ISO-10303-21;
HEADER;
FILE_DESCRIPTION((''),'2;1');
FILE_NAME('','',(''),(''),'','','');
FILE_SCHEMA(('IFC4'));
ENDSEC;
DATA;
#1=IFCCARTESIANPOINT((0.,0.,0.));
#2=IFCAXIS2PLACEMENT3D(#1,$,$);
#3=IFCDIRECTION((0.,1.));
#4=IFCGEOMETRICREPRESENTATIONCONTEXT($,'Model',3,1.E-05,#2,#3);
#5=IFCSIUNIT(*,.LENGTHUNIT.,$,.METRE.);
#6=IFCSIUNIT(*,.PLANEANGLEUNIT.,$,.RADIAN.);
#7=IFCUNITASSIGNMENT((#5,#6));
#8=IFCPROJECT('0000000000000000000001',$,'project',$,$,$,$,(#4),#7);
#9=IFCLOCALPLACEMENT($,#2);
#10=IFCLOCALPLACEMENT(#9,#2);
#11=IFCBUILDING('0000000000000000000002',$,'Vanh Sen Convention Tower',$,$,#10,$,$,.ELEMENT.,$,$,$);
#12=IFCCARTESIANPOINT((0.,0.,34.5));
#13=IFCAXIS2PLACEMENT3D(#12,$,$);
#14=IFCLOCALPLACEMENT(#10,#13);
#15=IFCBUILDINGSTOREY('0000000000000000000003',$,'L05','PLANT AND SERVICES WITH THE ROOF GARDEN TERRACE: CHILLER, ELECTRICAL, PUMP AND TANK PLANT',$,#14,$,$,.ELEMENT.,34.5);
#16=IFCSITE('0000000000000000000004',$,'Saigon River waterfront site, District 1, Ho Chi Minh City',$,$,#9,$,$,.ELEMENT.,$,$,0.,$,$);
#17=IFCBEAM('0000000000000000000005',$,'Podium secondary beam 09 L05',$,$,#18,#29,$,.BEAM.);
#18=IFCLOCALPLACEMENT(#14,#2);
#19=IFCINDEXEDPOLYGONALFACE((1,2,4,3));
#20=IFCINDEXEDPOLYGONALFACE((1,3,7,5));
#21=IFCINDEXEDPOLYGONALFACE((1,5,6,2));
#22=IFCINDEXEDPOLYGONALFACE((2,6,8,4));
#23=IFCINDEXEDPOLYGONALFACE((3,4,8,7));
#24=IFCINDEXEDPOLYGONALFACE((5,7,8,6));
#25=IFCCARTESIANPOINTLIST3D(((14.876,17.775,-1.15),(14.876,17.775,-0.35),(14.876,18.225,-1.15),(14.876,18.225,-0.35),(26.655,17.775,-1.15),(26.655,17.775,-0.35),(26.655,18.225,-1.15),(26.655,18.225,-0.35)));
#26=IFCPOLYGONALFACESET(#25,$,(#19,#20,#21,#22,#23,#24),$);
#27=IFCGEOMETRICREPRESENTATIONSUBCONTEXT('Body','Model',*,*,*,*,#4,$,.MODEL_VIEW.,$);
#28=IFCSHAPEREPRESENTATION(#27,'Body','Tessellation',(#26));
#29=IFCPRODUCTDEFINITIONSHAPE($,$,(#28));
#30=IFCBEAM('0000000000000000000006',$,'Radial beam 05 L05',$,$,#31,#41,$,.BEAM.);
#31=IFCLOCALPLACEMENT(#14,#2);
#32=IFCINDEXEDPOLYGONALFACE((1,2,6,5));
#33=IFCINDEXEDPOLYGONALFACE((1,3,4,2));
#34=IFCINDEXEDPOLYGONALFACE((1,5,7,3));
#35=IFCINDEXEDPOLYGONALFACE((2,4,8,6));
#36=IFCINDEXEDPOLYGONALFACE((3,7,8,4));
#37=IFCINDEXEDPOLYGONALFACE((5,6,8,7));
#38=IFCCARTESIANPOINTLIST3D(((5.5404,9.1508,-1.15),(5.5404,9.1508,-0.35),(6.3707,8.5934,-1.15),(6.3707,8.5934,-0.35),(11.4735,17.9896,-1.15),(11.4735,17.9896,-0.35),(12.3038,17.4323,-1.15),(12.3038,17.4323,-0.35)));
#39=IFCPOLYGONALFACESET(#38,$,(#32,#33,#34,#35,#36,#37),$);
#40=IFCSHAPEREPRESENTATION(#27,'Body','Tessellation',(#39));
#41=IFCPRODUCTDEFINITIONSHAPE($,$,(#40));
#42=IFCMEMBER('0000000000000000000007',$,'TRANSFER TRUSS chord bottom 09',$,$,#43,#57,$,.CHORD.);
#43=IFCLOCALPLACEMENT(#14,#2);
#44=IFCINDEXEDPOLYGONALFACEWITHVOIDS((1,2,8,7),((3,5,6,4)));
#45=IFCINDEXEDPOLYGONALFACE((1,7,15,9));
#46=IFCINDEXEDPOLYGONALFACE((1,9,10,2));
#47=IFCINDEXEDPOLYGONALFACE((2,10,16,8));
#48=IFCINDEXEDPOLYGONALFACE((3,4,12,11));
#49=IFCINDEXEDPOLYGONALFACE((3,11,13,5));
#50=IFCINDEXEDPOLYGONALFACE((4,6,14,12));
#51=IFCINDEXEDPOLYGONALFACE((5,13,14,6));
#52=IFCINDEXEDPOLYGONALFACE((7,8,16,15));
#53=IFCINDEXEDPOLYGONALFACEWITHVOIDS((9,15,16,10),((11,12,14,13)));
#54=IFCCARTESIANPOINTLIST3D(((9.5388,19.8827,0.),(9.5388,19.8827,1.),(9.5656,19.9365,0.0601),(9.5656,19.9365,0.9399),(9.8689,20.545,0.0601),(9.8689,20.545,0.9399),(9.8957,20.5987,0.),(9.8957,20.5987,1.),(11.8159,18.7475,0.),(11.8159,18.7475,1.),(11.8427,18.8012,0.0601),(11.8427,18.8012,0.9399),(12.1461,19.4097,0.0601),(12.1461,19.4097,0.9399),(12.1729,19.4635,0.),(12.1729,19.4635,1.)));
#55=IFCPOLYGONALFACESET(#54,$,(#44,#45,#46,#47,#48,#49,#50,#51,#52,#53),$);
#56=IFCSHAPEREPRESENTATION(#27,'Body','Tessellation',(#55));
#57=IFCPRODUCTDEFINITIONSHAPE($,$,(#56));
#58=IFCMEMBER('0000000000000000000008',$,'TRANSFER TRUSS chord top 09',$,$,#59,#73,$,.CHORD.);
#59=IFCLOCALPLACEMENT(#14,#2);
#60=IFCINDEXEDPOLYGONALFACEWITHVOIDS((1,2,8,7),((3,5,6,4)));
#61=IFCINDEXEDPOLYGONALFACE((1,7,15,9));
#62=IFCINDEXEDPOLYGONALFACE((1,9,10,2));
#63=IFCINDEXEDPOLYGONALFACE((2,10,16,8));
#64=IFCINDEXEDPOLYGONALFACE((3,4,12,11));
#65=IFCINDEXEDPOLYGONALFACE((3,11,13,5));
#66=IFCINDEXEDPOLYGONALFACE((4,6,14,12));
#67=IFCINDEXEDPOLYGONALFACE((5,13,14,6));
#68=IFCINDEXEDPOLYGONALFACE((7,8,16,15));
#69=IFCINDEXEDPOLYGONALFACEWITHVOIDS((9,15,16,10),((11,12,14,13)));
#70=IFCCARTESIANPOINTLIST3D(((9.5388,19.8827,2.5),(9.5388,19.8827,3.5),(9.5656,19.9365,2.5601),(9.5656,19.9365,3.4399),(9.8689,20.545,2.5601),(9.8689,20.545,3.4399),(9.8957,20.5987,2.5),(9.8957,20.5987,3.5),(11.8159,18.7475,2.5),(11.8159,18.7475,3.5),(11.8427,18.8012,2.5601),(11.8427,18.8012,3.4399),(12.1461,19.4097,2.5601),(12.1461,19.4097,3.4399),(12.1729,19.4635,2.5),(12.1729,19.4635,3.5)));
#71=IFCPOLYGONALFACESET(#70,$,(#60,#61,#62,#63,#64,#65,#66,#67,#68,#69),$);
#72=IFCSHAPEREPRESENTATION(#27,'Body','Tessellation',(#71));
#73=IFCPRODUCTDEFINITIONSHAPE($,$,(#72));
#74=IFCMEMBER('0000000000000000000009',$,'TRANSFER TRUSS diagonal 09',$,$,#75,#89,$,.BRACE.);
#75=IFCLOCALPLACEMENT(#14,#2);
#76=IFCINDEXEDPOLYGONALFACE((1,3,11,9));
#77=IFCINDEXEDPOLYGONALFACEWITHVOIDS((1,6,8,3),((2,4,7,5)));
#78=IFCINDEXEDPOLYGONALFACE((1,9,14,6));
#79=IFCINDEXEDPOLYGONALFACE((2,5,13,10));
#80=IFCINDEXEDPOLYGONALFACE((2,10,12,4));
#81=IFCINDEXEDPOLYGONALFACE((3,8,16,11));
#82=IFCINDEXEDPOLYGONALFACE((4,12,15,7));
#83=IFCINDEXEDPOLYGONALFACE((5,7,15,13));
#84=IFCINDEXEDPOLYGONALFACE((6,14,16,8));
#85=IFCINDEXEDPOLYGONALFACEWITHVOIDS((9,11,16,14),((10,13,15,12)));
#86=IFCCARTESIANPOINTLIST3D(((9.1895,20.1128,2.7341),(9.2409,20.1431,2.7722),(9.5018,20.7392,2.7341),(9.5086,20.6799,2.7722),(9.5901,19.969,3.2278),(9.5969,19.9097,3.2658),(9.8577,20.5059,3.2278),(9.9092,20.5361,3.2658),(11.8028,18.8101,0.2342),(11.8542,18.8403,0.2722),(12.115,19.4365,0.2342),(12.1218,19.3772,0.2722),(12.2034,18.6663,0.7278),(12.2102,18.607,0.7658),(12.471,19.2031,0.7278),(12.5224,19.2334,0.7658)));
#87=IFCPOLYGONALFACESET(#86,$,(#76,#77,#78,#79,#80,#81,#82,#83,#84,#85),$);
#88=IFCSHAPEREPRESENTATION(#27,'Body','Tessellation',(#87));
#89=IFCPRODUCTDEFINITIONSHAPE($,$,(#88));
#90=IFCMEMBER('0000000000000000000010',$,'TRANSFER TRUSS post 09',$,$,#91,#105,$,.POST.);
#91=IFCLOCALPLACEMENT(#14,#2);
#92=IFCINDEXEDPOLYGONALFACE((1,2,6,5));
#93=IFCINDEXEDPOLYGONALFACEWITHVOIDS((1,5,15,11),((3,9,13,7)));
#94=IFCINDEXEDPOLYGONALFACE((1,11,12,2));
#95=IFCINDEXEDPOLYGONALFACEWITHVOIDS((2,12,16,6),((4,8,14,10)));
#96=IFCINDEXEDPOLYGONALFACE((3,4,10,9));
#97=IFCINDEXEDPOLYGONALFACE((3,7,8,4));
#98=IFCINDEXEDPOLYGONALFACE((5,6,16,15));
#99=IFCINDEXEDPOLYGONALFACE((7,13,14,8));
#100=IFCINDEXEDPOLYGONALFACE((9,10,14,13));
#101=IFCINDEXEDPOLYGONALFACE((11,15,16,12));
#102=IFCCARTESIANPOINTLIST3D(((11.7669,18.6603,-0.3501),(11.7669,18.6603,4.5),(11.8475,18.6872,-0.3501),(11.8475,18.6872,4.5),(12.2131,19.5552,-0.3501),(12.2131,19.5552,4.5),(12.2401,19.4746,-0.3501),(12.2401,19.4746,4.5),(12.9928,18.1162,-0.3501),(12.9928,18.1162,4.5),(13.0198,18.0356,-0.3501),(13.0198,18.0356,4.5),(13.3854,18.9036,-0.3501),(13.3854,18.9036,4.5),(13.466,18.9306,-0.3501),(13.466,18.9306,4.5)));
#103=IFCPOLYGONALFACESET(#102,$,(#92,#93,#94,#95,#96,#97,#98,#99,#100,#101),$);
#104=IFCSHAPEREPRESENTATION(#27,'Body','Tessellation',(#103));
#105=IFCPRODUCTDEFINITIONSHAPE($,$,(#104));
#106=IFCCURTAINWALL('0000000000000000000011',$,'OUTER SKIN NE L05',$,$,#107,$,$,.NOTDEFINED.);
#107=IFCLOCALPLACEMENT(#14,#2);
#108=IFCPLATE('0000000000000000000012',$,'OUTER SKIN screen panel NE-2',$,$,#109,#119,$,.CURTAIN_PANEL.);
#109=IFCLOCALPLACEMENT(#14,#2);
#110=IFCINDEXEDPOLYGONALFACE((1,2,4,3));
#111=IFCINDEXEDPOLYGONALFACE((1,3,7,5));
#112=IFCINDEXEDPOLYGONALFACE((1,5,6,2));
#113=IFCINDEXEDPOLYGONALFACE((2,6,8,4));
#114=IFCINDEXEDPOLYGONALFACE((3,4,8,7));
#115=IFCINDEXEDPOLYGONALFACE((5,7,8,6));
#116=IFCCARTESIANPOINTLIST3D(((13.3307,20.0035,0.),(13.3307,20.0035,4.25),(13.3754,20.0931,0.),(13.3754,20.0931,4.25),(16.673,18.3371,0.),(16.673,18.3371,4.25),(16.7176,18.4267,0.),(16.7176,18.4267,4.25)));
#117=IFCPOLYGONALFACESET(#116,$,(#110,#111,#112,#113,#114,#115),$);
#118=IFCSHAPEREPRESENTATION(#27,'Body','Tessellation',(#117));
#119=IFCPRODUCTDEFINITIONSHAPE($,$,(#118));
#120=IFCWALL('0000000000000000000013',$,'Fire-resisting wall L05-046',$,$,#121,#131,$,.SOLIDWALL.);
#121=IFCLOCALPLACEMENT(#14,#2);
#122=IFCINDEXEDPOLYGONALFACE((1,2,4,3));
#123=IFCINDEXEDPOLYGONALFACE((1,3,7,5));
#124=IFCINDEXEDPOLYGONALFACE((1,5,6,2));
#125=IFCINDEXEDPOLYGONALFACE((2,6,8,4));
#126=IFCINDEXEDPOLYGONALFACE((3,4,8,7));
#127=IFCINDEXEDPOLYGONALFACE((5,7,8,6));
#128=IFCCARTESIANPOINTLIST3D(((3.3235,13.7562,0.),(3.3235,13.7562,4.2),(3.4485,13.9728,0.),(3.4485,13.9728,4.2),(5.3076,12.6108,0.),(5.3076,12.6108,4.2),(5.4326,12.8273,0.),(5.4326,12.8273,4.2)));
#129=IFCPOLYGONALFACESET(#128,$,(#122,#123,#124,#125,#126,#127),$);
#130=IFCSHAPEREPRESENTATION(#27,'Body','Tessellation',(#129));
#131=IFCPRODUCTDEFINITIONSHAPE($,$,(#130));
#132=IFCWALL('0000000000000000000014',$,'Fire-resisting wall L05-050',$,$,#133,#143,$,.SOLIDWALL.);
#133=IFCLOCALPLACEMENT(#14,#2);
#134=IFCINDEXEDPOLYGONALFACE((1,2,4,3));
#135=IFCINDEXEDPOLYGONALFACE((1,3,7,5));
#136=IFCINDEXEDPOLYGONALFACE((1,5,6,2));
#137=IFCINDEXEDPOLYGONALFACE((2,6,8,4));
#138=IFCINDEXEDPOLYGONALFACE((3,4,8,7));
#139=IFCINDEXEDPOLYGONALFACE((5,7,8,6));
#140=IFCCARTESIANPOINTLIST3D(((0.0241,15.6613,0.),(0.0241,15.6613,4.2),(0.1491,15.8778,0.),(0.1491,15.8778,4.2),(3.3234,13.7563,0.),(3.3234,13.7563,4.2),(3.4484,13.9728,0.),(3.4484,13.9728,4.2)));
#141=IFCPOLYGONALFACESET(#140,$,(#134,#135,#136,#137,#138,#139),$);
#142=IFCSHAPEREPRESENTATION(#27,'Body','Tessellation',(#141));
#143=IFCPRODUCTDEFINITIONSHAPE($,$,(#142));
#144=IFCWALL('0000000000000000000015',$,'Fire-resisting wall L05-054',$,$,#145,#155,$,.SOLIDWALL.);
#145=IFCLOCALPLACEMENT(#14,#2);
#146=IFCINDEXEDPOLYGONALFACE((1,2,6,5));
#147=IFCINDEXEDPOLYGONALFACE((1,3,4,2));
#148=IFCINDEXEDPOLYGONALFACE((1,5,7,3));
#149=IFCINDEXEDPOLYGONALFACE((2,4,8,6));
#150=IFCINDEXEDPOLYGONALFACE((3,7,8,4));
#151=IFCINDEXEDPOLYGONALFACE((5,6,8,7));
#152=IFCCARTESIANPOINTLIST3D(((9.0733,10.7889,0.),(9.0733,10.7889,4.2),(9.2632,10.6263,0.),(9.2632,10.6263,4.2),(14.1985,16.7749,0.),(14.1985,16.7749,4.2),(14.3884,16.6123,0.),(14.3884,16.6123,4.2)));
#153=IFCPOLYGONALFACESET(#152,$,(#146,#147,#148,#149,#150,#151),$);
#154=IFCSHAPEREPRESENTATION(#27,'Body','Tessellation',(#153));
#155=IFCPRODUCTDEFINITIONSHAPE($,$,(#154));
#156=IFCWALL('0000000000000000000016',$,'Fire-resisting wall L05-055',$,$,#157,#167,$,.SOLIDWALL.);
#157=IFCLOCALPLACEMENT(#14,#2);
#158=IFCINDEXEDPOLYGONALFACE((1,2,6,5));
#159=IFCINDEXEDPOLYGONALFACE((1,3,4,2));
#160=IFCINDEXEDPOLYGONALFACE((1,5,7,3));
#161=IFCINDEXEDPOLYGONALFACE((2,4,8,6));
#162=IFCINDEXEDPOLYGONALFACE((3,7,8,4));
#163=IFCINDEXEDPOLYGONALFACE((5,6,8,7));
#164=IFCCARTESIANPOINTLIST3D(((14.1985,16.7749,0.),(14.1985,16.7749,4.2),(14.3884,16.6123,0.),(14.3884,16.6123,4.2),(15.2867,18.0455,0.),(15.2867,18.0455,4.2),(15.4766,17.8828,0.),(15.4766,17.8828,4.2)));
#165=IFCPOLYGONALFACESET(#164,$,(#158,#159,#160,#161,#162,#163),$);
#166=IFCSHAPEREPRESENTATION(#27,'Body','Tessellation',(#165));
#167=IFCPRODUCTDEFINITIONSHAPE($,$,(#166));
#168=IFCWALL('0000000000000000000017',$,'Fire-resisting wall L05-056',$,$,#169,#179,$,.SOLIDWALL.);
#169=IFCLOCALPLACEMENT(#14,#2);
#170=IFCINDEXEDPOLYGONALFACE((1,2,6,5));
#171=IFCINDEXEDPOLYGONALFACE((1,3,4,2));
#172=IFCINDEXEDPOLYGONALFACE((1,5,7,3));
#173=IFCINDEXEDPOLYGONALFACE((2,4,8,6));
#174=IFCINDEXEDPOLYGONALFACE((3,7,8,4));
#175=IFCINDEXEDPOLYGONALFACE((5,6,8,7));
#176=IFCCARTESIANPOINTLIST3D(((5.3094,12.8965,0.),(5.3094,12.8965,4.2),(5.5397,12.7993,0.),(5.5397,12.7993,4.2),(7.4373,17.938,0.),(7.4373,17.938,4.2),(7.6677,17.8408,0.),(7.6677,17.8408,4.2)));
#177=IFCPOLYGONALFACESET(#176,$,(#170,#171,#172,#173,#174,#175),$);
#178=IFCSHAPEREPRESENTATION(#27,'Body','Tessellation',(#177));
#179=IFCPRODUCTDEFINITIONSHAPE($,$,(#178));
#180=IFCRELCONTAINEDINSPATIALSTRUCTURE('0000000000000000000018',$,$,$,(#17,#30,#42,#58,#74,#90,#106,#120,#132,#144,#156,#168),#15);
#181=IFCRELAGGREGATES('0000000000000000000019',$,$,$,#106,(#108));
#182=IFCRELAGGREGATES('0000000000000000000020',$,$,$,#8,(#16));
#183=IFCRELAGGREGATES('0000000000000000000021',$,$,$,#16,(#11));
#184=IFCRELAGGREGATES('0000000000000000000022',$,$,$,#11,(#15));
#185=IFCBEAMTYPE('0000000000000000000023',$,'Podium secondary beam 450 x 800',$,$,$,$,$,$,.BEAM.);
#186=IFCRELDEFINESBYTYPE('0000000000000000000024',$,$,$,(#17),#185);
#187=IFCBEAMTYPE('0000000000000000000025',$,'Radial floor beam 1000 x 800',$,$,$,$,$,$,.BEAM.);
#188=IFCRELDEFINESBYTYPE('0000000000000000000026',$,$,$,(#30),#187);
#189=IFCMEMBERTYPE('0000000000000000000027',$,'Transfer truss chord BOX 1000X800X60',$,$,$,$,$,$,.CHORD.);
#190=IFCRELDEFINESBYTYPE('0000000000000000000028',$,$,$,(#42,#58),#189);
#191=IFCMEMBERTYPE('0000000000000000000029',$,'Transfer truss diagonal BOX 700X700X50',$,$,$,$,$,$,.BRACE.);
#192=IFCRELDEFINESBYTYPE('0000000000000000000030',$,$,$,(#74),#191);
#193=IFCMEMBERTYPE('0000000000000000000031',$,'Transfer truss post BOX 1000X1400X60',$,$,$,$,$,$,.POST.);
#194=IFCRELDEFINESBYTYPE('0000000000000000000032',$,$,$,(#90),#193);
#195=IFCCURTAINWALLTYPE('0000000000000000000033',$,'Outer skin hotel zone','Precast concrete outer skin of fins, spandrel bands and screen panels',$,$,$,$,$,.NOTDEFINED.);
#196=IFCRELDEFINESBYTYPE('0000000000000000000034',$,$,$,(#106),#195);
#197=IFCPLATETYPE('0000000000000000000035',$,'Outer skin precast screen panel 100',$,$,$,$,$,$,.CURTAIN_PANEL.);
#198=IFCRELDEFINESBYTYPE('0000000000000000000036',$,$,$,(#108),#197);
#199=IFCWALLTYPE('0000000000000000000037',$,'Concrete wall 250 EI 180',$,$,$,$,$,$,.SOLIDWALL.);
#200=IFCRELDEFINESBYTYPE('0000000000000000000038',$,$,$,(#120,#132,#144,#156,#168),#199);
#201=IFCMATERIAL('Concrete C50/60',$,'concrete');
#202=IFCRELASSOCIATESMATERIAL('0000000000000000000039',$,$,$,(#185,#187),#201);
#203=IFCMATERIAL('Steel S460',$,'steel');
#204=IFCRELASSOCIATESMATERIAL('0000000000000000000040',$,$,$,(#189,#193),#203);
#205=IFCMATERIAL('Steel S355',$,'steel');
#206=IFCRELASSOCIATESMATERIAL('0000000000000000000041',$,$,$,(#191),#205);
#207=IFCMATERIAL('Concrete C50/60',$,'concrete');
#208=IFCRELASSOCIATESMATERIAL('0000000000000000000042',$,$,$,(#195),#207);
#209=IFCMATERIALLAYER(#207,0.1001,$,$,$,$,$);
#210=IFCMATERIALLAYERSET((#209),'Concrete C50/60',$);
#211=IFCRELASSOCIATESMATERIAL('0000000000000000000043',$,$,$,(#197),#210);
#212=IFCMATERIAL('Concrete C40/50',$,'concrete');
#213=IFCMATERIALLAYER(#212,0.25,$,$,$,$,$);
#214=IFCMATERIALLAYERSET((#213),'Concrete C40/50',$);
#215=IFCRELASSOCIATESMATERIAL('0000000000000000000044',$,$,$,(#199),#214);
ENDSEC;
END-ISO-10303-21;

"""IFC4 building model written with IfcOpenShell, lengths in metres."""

from ifc_helpers import new_model, si_unit, direction, frame, frame_2d, origin, origin_2d, place, context, subcontext, project, spatial, rectangle, hollow_rectangle, extrude, material, layer, layer_set, material_profile, profile_set, type_object, element, aggregate, save


model = new_model("IFC4")

# Units and contexts
model_context = context("Model", 3, precision=1e-05, world=origin(), true_north=direction((0.0, 1.0)))
body_context = subcontext(model_context, "Body", "Model", "MODEL_VIEW")
ifc_project = project(units=[si_unit("LENGTHUNIT", "METRE"), si_unit("PLANEANGLEUNIT", "RADIAN")], contexts=[model_context])

# Site, building, storey
site_placement = place(None, origin())
site = spatial("IfcSite", under=ifc_project, at=site_placement, Name="Saigon River waterfront site, District 1, Ho Chi Minh City", CompositionType="ELEMENT", RefElevation=0.0)
building_placement = place(site_placement, origin())
building = spatial("IfcBuilding", under=site, at=building_placement, Name="Vanh Sen Convention Tower", CompositionType="ELEMENT")
storey_placement = place(building_placement, frame((0.0, 0.0, 34.5)))
storey = spatial("IfcBuildingStorey", under=building, at=storey_placement, Name="L05", Description="PLANT AND SERVICES WITH THE ROOF GARDEN TERRACE: CHILLER, ELECTRICAL, PUMP AND TANK PLANT", CompositionType="ELEMENT", Elevation=34.5)

# Beams
ifc_material_1 = material(Name="Concrete C50/60", Category="concrete")
ifc_material_profile_1 = material_profile(ifc_material_1, rectangle(XDim=0.45, YDim=0.8, at=origin_2d()), Name="RC 450X800")
ifc_profile_set_1 = profile_set([ifc_material_profile_1], Name="Concrete C50/60")
beam_type_1 = type_object("IfcBeamType", Name="Podium secondary beam 450 x 800", PredefinedType="BEAM", material=ifc_profile_set_1)
beam_1_placement = place(storey_placement, frame((14.876, 18.0, -0.75), z_axis=(1.0, 0.0, 0.0), x_axis=(0.0, 1.0, 0.0)))
element("IfcBeam", 1, at=beam_1_placement, inside=storey, type_object=beam_type_1, Name="Podium secondary beam 09 L05", PredefinedType="BEAM", context=body_context, shape_type="SweptSolid", body=[
    extrude(rectangle(XDim=0.45, YDim=0.8, at=origin_2d()), origin(), (0.0, 0.0, 1.0), 11.7791),
])
ifc_material_profile_2 = material_profile(ifc_material_1, rectangle(XDim=1.0, YDim=0.8, at=origin_2d()), Name="RC 1000X800")
ifc_profile_set_2 = profile_set([ifc_material_profile_2], Name="Concrete C50/60")
beam_type_2 = type_object("IfcBeamType", Name="Radial floor beam 1000 x 800", PredefinedType="BEAM", material=ifc_profile_set_2)
beam_2_placement = place(storey_placement, frame((11.8887, 17.7109, -0.75), z_axis=(-0.557333, -0.830289, 0.0), x_axis=(0.830289, -0.557333, 0.0)))
element("IfcBeam", 2, at=beam_2_placement, inside=storey, type_object=beam_type_2, Name="Radial beam 05 L05", PredefinedType="BEAM", context=body_context, shape_type="SweptSolid", body=[
    extrude(rectangle(XDim=1.0, YDim=0.8, at=origin_2d()), origin(), (0.0, 0.0, 1.0), 10.6455),
])

# Members
ifc_material_2 = material(Name="Steel S460", Category="steel")
ifc_material_profile_3 = material_profile(ifc_material_2, hollow_rectangle(XDim=0.8, YDim=1.0, WallThickness=0.0601, at=origin_2d()), Name="BOX 1000X800X60")
ifc_profile_set_3 = profile_set([ifc_material_profile_3], Name="Steel S460")
member_type_1 = type_object("IfcMemberType", Name="Transfer truss chord BOX 1000X800X60", PredefinedType="CHORD", material=ifc_profile_set_3)
for number, where, z_axis, x_axis, name in (
    (3, (11.9944, 19.1055, 0.5), (-0.894945, 0.446177, 0.0), (-0.446177, -0.894945, 0.0), "TRANSFER TRUSS chord bottom 09"),
    (4, (11.9944, 19.1055, 3.0), (-0.894945, 0.446177, 0.0), (-0.446177, -0.894945, 0.0), "TRANSFER TRUSS chord top 09"),
):
    element("IfcMember", number, at=place(storey_placement, frame(where, z_axis=z_axis, x_axis=x_axis)), inside=storey, type_object=member_type_1, Name=name, PredefinedType="CHORD", context=body_context, shape_type="SweptSolid", body=[
        extrude(hollow_rectangle(XDim=0.8, YDim=1.0, WallThickness=0.0601, at=origin_2d()), origin(), (0.0, 0.0, 1.0), 2.5444),
    ])
ifc_material_3 = material(Name="Steel S355", Category="steel")
ifc_material_profile_4 = material_profile(ifc_material_3, hollow_rectangle(XDim=0.7, YDim=0.7, WallThickness=0.05, at=origin_2d()), Name="BOX 700X700X50")
ifc_profile_set_4 = profile_set([ifc_material_profile_4], Name="Steel S355")
member_type_2 = type_object("IfcMemberType", Name="Transfer truss diagonal BOX 700X700X50", PredefinedType="BRACE", material=ifc_profile_set_4)
member_1_placement = place(storey_placement, frame((12.1626, 19.0217, 0.5), z_axis=(-0.679833, 0.3389, 0.650364), x_axis=(-0.446143, -0.894962, 0.0)))
element("IfcMember", 5, at=member_1_placement, inside=storey, type_object=member_type_2, Name="TRANSFER TRUSS diagonal 09", PredefinedType="BRACE", context=body_context, shape_type="SweptSolid", body=[
    extrude(hollow_rectangle(XDim=0.7, YDim=0.7, WallThickness=0.05, at=origin_2d()), origin(), (0.0, 0.0, 1.0), 3.844),
])
ifc_material_profile_5 = material_profile(ifc_material_2, hollow_rectangle(XDim=1.3999, YDim=1.0, WallThickness=0.0601, at=origin_2d()), Name="BOX 1000X1400X60")
ifc_profile_set_5 = profile_set([ifc_material_profile_5], Name="Steel S460")
member_type_3 = type_object("IfcMemberType", Name="Transfer truss post BOX 1000X1400X60", PredefinedType="POST", material=ifc_profile_set_5)
member_2_placement = place(storey_placement, frame((12.6165, 18.7954, -0.3501), z_axis=(0.0, 0.0, 1.0), x_axis=(-0.894934, 0.446198, 0.0)))
element("IfcMember", 6, at=member_2_placement, inside=storey, type_object=member_type_3, Name="TRANSFER TRUSS post 09", PredefinedType="POST", context=body_context, shape_type="SweptSolid", body=[
    extrude(hollow_rectangle(XDim=1.3999, YDim=1.0, WallThickness=0.0601, at=origin_2d()), origin(), (0.0, 0.0, 1.0), 4.8501),
])

# Curtain wall, plate
ifc_material_4 = material(Name="Concrete C50/60", Category="concrete")
curtain_wall_type = type_object("IfcCurtainWallType", Name="Outer skin hotel zone", Description="Precast concrete outer skin of fins, spandrel bands and screen panels", PredefinedType="NOTDEFINED", material=ifc_material_4)
curtain_wall_placement = place(storey_placement, origin())
curtain_wall = element("IfcCurtainWall", 7, at=curtain_wall_placement, inside=storey, type_object=curtain_wall_type, Name="OUTER SKIN NE L05", PredefinedType="NOTDEFINED")
ifc_layer_1 = layer(ifc_material_4, 0.1001)
ifc_layer_set_1 = layer_set([ifc_layer_1], Name="Concrete C50/60")
plate_type = type_object("IfcPlateType", Name="Outer skin precast screen panel 100", PredefinedType="CURTAIN_PANEL", material=ifc_layer_set_1)
plate_placement = place(storey_placement, frame((15.0242, 19.2151, 0.0), z_axis=(0.0, 0.0, 1.0), x_axis=(-0.894935, 0.446196, 0.0)))
plate = element("IfcPlate", 8, at=plate_placement, type_object=plate_type, Name="OUTER SKIN screen panel NE-2", PredefinedType="CURTAIN_PANEL", context=body_context, shape_type="SweptSolid", body=[
    extrude(rectangle(XDim=3.7346, YDim=0.1001, at=origin_2d()), origin(), (0.0, 0.0, 1.0), 4.25),
])
aggregate(curtain_wall, [plate])

# Walls
ifc_material_5 = material(Name="Concrete C40/50", Category="concrete")
ifc_layer_2 = layer(ifc_material_5, 0.25)
ifc_layer_set_2 = layer_set([ifc_layer_2], Name="Concrete C40/50")
wall_type = type_object("IfcWallType", Name="Concrete wall 250 EI 180", PredefinedType="SOLIDWALL", material=ifc_layer_set_2)
wall_1_placement = place(storey_placement, frame((3.386, 13.8645, 0.0), z_axis=(0.0, 0.0, 1.0), x_axis=(0.866031, -0.49999, 0.0)))
element("IfcWall", 9, at=wall_1_placement, inside=storey, type_object=wall_type, Name="Fire-resisting wall L05-046", PredefinedType="SOLIDWALL", context=body_context, shape_type="SweptSolid", body=[
    extrude(rectangle(XDim=2.291, YDim=0.25, at=frame_2d((1.1455, 0.0))), origin(), (0.0, 0.0, 1.0), 4.2),
])
wall_2_placement = place(storey_placement, frame((0.0867, 15.7695, 0.0), z_axis=(0.0, 0.0, 1.0), x_axis=(0.866006, -0.500033, 0.0)))
element("IfcWall", 10, at=wall_2_placement, inside=storey, type_object=wall_type, Name="Fire-resisting wall L05-050", PredefinedType="SOLIDWALL", context=body_context, shape_type="SweptSolid", body=[
    extrude(rectangle(XDim=3.8098, YDim=0.25, at=frame_2d((1.9048, 0.0))), origin(), (0.0, 0.0, 1.0), 4.2),
])
wall_3_placement = place(storey_placement, frame((14.2935, 16.6936, 0.0), z_axis=(0.0, 0.0, 1.0), x_axis=(-0.650375, -0.759613, 0.0)))
element("IfcWall", 11, at=wall_3_placement, inside=storey, type_object=wall_type, Name="Fire-resisting wall L05-054", PredefinedType="SOLIDWALL", context=body_context, shape_type="SweptSolid", body=[
    extrude(rectangle(XDim=7.8804, YDim=0.25, at=frame_2d((3.9402, 0.0))), origin(), (0.0, 0.0, 1.0), 4.2),
])
wall_4_placement = place(storey_placement, frame((14.2935, 16.6936, 0.0), z_axis=(0.0, 0.0, 1.0), x_axis=(0.650491, 0.759514, 0.0)))
element("IfcWall", 12, at=wall_4_placement, inside=storey, type_object=wall_type, Name="Fire-resisting wall L05-055", PredefinedType="SOLIDWALL", context=body_context, shape_type="SweptSolid", body=[
    extrude(rectangle(XDim=1.6729, YDim=0.25, at=frame_2d((0.8364, 0.0))), origin(), (0.0, 0.0, 1.0), 4.2),
])
wall_5_placement = place(storey_placement, frame((7.5525, 17.8894, 0.0), z_axis=(0.0, 0.0, 1.0), x_axis=(-0.388863, -0.921296, 0.0)))
element("IfcWall", 13, at=wall_5_placement, inside=storey, type_object=wall_type, Name="Fire-resisting wall L05-056", PredefinedType="SOLIDWALL", context=body_context, shape_type="SweptSolid", body=[
    extrude(rectangle(XDim=5.4722, YDim=0.25, at=frame_2d((2.7361, 0.0))), origin(), (0.0, 0.0, 1.0), 4.2),
])

save(model, "model.ifc")
